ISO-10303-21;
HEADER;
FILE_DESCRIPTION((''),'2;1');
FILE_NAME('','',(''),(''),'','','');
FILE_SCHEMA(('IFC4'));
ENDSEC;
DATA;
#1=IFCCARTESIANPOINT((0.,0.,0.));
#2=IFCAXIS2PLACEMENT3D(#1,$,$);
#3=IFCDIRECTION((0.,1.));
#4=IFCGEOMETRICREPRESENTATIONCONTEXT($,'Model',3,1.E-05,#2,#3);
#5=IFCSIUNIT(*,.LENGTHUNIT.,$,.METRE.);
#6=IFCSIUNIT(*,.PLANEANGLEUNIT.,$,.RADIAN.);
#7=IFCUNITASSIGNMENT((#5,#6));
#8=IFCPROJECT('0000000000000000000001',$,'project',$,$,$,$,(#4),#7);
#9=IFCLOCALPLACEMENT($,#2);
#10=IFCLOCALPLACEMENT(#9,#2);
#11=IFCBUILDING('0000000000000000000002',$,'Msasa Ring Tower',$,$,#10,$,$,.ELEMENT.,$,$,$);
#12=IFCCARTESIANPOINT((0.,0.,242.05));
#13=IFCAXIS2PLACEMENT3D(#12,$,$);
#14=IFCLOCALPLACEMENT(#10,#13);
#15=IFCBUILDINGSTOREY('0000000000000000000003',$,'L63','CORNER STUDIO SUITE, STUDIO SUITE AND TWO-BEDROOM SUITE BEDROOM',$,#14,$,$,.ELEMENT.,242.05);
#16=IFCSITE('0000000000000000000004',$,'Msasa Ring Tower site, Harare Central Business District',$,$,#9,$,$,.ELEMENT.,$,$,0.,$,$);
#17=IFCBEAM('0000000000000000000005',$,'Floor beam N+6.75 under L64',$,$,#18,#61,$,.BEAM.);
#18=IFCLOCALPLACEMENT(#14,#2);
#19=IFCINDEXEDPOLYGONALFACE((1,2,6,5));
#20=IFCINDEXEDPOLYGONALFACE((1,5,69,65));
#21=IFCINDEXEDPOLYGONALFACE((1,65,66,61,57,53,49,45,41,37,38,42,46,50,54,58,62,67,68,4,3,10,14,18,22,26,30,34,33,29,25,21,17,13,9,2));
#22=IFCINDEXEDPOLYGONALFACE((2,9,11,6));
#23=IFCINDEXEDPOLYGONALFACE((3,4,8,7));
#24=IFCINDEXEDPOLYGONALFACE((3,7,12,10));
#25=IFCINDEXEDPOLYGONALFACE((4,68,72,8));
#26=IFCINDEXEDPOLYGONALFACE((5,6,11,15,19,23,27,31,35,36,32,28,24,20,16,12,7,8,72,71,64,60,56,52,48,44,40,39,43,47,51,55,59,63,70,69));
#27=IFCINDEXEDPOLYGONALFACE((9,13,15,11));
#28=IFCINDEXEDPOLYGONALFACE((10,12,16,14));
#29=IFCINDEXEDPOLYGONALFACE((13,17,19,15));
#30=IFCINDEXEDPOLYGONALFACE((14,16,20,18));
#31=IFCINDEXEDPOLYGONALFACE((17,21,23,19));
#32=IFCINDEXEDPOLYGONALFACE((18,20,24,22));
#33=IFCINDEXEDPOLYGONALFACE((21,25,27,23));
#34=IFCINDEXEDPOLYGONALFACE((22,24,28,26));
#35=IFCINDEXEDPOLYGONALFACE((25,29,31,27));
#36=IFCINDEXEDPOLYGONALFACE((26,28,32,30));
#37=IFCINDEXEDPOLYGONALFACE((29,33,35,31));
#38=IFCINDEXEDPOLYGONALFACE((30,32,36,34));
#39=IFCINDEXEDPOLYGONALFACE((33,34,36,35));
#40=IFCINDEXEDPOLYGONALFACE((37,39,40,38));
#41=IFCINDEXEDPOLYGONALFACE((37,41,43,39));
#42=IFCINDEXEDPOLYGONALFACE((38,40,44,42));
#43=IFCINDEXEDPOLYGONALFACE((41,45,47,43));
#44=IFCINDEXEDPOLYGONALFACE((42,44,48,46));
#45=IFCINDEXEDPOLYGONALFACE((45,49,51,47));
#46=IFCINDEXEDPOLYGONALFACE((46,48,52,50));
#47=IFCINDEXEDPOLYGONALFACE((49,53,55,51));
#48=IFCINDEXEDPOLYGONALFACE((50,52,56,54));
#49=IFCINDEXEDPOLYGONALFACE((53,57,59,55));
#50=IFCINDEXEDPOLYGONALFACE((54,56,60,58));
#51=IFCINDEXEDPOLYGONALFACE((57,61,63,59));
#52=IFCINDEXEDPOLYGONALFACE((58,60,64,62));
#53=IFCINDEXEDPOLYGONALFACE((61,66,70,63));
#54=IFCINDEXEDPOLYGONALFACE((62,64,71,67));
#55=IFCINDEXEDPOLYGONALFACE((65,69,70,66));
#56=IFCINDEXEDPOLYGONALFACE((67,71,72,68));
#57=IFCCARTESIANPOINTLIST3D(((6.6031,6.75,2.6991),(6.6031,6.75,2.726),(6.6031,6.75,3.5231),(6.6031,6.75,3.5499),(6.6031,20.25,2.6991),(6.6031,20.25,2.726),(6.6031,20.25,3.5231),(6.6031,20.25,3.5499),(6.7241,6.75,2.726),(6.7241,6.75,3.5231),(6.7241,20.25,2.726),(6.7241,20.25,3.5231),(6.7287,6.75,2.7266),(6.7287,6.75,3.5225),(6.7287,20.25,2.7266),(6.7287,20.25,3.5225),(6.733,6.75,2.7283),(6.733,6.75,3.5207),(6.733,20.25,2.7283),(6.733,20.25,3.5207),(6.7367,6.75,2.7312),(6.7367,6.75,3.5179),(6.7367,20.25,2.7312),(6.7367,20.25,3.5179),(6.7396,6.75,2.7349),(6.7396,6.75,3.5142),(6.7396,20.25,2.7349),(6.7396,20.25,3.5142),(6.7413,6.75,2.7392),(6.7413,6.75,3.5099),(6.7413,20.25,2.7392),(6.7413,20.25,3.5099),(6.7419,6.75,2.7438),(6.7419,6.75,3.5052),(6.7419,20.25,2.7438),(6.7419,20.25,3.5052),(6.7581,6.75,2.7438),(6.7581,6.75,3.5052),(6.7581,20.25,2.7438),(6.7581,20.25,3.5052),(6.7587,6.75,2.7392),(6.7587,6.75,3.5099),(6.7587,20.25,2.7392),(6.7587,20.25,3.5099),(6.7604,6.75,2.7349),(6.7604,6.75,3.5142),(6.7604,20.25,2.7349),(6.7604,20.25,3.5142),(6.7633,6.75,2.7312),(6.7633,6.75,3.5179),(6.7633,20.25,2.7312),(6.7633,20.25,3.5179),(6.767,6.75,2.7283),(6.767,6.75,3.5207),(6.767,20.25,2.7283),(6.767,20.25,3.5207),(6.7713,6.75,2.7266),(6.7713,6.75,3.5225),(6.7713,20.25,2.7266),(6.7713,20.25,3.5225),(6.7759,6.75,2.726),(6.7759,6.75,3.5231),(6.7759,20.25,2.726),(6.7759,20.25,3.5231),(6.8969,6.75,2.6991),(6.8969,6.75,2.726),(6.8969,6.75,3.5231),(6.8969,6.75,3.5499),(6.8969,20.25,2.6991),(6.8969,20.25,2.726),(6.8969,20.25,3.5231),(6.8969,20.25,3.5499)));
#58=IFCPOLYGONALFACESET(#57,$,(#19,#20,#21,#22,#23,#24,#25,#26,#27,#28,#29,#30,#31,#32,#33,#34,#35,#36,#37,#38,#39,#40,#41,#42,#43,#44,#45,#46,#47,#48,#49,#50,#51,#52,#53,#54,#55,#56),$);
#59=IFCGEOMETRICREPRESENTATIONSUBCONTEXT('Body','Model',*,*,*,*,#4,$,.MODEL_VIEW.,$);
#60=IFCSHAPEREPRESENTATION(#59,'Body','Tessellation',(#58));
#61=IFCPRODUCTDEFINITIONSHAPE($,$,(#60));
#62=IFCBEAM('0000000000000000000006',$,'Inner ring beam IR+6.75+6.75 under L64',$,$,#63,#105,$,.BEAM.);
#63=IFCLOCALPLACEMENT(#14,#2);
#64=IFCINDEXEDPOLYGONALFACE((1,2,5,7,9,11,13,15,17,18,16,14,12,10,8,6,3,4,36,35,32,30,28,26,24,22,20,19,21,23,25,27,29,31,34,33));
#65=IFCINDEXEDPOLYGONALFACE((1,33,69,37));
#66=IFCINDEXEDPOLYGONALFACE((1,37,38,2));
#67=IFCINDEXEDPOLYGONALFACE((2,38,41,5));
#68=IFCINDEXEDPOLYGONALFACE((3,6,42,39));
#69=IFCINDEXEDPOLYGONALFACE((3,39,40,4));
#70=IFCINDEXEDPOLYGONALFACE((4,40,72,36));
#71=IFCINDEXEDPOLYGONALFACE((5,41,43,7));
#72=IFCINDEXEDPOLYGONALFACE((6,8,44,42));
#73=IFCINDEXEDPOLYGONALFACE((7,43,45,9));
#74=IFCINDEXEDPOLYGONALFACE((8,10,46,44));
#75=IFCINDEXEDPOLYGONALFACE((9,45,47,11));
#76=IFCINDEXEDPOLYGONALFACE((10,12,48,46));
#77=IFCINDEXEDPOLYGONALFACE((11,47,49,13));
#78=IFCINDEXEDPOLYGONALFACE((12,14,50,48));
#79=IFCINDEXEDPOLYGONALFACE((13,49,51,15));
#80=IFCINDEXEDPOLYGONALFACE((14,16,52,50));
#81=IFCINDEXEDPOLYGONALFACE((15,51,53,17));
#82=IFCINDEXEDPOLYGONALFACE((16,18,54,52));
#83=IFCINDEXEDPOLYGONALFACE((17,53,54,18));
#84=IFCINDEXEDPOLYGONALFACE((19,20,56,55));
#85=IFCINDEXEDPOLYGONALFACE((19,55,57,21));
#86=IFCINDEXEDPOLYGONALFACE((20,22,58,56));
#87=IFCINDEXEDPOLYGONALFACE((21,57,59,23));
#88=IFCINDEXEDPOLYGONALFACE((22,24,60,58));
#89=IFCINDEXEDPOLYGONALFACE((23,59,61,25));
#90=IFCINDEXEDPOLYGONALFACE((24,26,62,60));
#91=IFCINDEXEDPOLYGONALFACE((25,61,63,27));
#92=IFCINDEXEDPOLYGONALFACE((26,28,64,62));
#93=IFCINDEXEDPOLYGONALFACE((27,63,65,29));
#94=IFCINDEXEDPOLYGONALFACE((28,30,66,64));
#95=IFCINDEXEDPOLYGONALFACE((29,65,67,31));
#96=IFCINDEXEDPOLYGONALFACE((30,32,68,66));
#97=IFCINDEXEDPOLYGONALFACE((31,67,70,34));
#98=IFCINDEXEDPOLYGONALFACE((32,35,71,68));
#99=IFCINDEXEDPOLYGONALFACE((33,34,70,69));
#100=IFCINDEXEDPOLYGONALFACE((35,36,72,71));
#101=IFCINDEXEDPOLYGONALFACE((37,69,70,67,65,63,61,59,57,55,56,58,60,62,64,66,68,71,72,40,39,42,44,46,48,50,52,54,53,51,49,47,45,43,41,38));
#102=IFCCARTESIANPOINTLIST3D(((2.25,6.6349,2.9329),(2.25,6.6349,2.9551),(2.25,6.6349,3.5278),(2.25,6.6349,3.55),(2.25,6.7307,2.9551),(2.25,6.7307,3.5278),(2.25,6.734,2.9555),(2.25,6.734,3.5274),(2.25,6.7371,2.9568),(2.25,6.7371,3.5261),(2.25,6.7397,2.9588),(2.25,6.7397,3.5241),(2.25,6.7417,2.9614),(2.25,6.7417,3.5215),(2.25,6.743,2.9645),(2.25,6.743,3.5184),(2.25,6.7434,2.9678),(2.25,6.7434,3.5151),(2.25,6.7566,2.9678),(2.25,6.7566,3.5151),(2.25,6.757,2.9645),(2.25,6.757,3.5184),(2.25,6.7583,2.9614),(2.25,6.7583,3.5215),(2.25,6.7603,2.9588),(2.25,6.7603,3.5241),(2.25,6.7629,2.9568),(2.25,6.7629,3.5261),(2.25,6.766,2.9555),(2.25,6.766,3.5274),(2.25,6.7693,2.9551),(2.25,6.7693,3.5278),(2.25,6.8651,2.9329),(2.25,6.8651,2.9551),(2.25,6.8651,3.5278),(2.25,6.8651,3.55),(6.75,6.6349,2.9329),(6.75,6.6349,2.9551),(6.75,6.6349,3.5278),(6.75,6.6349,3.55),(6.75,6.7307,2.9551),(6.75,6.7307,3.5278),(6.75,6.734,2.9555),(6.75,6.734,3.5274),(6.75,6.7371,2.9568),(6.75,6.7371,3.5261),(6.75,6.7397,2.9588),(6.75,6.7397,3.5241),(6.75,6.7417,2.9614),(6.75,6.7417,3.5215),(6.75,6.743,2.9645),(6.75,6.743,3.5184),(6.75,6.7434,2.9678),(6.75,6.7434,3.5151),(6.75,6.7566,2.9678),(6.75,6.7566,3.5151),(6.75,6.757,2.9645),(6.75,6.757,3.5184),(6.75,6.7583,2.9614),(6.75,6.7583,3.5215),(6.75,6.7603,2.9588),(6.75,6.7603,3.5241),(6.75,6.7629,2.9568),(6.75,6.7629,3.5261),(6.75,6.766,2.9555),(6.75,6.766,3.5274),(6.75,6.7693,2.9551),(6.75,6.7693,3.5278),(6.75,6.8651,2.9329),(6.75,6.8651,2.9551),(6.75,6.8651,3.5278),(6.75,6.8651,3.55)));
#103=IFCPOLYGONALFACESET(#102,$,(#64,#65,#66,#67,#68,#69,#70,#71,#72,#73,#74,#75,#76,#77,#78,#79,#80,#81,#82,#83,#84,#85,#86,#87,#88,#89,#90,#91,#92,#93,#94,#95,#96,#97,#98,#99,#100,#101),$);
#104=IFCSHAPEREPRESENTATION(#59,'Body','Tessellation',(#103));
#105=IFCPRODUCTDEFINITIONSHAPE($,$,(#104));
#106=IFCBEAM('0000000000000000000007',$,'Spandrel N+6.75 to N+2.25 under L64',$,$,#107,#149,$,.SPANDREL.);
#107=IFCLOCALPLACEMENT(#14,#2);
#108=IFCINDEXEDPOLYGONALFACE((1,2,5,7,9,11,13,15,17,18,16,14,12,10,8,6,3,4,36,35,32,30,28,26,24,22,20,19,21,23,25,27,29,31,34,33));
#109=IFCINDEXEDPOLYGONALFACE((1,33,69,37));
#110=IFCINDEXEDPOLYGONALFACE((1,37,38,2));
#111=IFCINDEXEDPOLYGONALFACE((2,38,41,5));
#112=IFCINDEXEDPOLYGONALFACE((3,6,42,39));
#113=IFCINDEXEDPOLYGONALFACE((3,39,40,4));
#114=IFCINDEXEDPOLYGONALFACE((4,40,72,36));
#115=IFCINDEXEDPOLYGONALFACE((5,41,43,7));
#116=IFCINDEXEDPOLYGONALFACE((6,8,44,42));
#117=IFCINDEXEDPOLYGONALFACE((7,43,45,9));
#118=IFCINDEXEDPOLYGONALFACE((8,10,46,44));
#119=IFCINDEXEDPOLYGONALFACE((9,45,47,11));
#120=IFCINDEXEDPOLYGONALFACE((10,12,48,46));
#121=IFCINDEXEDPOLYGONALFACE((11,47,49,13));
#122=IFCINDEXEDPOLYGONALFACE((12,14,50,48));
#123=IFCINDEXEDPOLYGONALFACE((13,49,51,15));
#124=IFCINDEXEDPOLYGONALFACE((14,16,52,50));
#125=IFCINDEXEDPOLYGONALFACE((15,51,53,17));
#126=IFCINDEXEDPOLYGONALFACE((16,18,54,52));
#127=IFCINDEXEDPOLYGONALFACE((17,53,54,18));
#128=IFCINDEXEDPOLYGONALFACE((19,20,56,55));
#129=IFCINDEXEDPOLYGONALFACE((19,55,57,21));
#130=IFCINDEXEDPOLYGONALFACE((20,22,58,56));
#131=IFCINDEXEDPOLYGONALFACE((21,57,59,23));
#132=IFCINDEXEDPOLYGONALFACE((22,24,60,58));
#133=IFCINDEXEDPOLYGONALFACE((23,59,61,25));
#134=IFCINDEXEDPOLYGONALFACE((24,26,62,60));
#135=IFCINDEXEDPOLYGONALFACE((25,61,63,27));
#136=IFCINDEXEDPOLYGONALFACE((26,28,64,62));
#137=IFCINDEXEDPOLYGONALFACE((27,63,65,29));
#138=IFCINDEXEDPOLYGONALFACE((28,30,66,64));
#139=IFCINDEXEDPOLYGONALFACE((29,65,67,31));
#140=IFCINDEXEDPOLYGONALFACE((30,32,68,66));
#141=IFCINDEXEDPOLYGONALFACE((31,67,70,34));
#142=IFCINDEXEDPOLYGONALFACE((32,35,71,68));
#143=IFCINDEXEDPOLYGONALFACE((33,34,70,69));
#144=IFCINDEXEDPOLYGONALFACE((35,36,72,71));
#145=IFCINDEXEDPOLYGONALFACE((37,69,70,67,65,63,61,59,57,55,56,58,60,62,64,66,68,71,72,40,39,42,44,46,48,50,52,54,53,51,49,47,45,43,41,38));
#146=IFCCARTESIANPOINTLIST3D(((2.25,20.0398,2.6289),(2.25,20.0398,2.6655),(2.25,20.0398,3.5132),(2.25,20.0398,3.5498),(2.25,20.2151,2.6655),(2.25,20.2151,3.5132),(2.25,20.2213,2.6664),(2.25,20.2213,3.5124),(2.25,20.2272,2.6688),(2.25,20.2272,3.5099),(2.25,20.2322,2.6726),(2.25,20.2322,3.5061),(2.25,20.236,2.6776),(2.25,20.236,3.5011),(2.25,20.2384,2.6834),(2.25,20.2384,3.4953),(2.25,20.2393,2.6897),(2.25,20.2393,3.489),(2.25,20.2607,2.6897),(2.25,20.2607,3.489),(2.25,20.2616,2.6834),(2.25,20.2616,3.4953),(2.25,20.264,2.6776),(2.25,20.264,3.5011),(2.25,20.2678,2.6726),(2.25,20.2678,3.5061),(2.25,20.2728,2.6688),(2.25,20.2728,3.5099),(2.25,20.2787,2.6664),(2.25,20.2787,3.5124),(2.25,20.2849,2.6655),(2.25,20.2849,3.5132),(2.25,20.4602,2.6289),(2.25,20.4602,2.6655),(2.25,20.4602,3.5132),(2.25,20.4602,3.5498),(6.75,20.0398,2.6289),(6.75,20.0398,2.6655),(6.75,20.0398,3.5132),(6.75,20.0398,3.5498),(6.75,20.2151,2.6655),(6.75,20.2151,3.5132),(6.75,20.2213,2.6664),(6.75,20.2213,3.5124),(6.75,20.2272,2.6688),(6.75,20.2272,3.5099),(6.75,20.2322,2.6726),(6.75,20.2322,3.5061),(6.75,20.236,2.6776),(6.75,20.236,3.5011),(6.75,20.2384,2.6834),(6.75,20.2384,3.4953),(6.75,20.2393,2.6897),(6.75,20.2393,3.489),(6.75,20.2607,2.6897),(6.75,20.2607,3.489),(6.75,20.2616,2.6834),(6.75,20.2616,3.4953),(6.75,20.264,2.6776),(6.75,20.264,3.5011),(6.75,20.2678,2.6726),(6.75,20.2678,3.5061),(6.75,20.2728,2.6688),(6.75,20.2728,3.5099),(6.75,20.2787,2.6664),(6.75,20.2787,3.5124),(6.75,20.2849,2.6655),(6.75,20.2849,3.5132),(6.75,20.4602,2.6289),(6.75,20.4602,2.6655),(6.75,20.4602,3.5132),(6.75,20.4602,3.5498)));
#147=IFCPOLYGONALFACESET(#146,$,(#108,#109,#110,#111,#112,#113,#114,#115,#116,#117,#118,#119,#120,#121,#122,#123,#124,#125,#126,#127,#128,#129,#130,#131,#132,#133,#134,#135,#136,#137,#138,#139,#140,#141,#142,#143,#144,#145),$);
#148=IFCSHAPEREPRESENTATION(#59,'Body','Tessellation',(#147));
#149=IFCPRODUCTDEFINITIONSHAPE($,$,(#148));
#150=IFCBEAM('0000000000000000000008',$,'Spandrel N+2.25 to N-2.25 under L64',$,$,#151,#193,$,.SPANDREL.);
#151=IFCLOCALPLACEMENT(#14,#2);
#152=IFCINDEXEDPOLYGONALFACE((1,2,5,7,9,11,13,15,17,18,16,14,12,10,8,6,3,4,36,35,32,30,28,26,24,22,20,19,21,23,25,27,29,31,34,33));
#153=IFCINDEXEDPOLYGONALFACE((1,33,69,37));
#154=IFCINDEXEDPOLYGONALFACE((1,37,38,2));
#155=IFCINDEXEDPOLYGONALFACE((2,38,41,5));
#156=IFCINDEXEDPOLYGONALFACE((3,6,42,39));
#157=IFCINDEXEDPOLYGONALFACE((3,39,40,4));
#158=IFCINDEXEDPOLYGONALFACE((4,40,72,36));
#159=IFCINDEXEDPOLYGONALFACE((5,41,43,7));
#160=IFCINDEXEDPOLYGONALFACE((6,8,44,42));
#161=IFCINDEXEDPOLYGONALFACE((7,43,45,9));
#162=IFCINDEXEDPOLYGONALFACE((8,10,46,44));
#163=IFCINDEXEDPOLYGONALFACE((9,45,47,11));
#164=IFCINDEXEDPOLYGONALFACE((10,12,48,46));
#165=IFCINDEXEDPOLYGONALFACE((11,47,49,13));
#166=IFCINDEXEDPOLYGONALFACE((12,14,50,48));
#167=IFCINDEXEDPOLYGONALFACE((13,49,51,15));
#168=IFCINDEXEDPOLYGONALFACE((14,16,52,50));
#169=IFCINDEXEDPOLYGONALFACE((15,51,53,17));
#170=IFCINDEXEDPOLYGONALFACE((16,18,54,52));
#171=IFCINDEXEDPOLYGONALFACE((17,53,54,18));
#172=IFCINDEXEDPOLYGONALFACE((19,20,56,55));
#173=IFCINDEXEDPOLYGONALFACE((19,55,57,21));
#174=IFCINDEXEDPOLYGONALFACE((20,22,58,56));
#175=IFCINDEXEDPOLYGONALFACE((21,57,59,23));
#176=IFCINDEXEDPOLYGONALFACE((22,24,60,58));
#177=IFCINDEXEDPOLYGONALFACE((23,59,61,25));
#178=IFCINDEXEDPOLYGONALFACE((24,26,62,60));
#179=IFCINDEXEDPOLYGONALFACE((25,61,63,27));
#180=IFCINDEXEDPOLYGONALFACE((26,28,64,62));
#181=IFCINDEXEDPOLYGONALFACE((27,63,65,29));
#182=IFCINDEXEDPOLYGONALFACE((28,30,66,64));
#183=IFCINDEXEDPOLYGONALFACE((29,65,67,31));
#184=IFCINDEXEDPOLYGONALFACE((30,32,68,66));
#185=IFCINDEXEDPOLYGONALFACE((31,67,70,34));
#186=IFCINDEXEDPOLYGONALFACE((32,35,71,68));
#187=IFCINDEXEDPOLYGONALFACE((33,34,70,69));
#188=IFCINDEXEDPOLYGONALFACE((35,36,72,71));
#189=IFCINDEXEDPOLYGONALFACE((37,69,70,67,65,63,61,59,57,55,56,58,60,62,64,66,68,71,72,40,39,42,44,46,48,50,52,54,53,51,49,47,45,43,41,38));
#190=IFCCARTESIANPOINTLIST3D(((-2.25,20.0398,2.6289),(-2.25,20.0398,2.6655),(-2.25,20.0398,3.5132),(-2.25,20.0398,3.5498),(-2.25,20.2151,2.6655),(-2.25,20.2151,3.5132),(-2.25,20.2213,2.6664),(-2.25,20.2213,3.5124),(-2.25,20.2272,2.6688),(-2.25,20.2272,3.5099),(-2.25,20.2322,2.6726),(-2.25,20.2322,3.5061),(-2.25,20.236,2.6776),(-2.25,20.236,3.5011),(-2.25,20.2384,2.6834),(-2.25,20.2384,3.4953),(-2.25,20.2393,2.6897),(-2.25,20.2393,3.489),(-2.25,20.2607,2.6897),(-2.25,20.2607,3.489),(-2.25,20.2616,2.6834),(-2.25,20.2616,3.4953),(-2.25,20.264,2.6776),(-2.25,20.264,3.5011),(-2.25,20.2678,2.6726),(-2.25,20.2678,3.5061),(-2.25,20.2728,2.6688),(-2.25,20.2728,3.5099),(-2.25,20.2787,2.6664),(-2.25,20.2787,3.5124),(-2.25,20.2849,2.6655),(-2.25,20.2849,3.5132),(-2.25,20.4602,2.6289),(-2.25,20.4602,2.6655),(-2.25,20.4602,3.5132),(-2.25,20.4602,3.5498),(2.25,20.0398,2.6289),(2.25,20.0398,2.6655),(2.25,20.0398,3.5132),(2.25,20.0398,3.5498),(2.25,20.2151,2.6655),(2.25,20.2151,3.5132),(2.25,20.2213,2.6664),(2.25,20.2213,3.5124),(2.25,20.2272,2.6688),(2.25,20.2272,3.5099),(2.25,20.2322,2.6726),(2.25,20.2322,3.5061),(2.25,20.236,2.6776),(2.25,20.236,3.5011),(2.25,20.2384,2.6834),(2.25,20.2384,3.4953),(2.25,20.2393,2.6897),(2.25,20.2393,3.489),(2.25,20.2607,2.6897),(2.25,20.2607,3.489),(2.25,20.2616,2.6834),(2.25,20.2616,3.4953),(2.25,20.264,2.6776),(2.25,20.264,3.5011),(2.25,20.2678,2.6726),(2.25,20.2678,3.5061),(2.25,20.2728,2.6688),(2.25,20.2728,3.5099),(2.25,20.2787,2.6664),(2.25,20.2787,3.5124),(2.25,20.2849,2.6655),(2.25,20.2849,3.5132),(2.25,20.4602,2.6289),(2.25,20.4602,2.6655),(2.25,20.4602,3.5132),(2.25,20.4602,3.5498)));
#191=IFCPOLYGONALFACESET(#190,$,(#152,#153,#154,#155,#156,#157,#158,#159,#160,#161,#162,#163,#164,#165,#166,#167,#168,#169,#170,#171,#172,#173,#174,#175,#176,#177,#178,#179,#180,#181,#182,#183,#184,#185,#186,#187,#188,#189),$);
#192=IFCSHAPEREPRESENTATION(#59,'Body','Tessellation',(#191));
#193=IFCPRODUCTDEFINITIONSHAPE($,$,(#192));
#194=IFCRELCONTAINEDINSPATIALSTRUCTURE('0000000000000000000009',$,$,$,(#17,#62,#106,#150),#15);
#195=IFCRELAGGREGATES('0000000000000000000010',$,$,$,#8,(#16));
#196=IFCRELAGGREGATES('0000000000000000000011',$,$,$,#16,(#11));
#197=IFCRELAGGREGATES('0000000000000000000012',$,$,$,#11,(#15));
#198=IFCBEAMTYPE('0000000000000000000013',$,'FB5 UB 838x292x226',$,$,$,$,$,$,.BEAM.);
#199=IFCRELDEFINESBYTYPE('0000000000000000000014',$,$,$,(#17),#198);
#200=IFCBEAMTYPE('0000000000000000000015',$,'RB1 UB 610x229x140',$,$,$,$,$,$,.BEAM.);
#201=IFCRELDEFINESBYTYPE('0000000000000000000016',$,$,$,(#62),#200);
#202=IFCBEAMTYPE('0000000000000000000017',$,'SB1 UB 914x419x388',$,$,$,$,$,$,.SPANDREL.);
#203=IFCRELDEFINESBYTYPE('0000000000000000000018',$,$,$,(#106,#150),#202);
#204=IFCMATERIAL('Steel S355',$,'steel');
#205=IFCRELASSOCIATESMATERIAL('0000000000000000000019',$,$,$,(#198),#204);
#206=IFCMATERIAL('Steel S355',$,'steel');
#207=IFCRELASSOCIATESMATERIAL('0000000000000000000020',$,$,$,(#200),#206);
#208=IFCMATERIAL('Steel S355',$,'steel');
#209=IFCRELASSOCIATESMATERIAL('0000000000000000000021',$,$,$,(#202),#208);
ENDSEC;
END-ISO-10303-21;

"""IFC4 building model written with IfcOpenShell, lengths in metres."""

from ifc_helpers import new_model, si_unit, direction, frame, origin, origin_2d, place, context, subcontext, project, spatial, i_section, extrude, material, material_profile, profile_set, type_object, element, save


model = new_model("IFC4")

# Units and contexts
model_context = context("Model", 3, precision=1e-05, world=origin(), true_north=direction((0.0, 1.0)))
body_context = subcontext(model_context, "Body", "Model", "MODEL_VIEW")
ifc_project = project(units=[si_unit("LENGTHUNIT", "METRE"), si_unit("PLANEANGLEUNIT", "RADIAN")], contexts=[model_context])

# Site, building, storey
site_placement = place(None, origin())
site = spatial("IfcSite", under=ifc_project, at=site_placement, Name="Msasa Ring Tower site, Harare Central Business District", CompositionType="ELEMENT", RefElevation=0.0)
building_placement = place(site_placement, origin())
building = spatial("IfcBuilding", under=site, at=building_placement, Name="Msasa Ring Tower", CompositionType="ELEMENT")
storey_placement = place(building_placement, frame((0.0, 0.0, 242.05)))
storey = spatial("IfcBuildingStorey", under=building, at=storey_placement, Name="L63", Description="CORNER STUDIO SUITE, STUDIO SUITE AND TWO-BEDROOM SUITE BEDROOM", CompositionType="ELEMENT", Elevation=242.05)

# Beams
ifc_material_1 = material(Name="Steel S355", Category="steel")
ifc_material_profile_1 = material_profile(ifc_material_1, i_section(OverallWidth=0.2937, OverallDepth=0.8508, WebThickness=0.0161, FlangeThickness=0.0269, FilletRadius=0.0178, at=origin_2d()), Name="UB 838x292x226")
ifc_profile_set_1 = profile_set([ifc_material_profile_1], Name="Steel S355")
beam_type_1 = type_object("IfcBeamType", Name="FB5 UB 838x292x226", PredefinedType="BEAM", material=ifc_profile_set_1)
for number, where, z_axis, x_axis, name in (
    (1, (6.75, 20.25, 3.1245), (0.0, -1.0, 0.0), (1.0, 0.0, 0.0), "Floor beam N+6.75 under L64"),
):
    element("IfcBeam", number, at=place(storey_placement, frame(where, z_axis=z_axis, x_axis=x_axis)), inside=storey, type_object=beam_type_1, Name=name, PredefinedType="BEAM", context=body_context, shape_type="SweptSolid", body=[
        extrude(i_section(OverallWidth=0.2937, OverallDepth=0.8508, WebThickness=0.0161, FlangeThickness=0.0269, FilletRadius=0.0178, at=origin_2d()), origin(), (0.0, 0.0, 1.0), 13.5),
    ])
ifc_material_2 = material(Name="Steel S355", Category="steel")
ifc_material_profile_2 = material_profile(ifc_material_2, i_section(OverallWidth=0.2302, OverallDepth=0.6172, WebThickness=0.0132, FlangeThickness=0.0222, FilletRadius=0.0127, at=origin_2d()), Name="UB 610x229x140")
ifc_profile_set_2 = profile_set([ifc_material_profile_2], Name="Steel S355")
beam_type_2 = type_object("IfcBeamType", Name="RB1 UB 610x229x140", PredefinedType="BEAM", material=ifc_profile_set_2)
beam_placement = place(storey_placement, frame((6.75, 6.75, 3.2415), z_axis=(-1.0, 0.0, 0.0), x_axis=(0.0, -1.0, 0.0)))
element("IfcBeam", 2, at=beam_placement, inside=storey, type_object=beam_type_2, Name="Inner ring beam IR+6.75+6.75 under L64", PredefinedType="BEAM", context=body_context, shape_type="SweptSolid", body=[
    extrude(i_section(OverallWidth=0.2302, OverallDepth=0.6172, WebThickness=0.0132, FlangeThickness=0.0222, FilletRadius=0.0127, at=origin_2d()), origin(), (0.0, 0.0, 1.0), 4.5),
])
ifc_material_3 = material(Name="Steel S355", Category="steel")
ifc_material_profile_3 = material_profile(ifc_material_3, i_section(OverallWidth=0.4204, OverallDepth=0.9209, WebThickness=0.0215, FlangeThickness=0.0366, FilletRadius=0.0242, at=origin_2d()), Name="UB 914x419x388")
ifc_profile_set_3 = profile_set([ifc_material_profile_3], Name="Steel S355")
beam_type_3 = type_object("IfcBeamType", Name="SB1 UB 914x419x388", PredefinedType="SPANDREL", material=ifc_profile_set_3)
for number, where, z_axis, x_axis, name in (
    (3, (6.75, 20.25, 3.0894), (-1.0, 0.0, 0.0), (0.0, -1.0, 0.0), "Spandrel N+6.75 to N+2.25 under L64"),
    (4, (2.25, 20.25, 3.0894), (-1.0, 0.0, 0.0), (0.0, -1.0, 0.0), "Spandrel N+2.25 to N-2.25 under L64"),
):
    element("IfcBeam", number, at=place(storey_placement, frame(where, z_axis=z_axis, x_axis=x_axis)), inside=storey, type_object=beam_type_3, Name=name, PredefinedType="SPANDREL", context=body_context, shape_type="SweptSolid", body=[
        extrude(i_section(OverallWidth=0.4204, OverallDepth=0.9209, WebThickness=0.0215, FlangeThickness=0.0366, FilletRadius=0.0242, at=origin_2d()), origin(), (0.0, 0.0, 1.0), 4.5),
    ])

save(model, "model.ifc")
